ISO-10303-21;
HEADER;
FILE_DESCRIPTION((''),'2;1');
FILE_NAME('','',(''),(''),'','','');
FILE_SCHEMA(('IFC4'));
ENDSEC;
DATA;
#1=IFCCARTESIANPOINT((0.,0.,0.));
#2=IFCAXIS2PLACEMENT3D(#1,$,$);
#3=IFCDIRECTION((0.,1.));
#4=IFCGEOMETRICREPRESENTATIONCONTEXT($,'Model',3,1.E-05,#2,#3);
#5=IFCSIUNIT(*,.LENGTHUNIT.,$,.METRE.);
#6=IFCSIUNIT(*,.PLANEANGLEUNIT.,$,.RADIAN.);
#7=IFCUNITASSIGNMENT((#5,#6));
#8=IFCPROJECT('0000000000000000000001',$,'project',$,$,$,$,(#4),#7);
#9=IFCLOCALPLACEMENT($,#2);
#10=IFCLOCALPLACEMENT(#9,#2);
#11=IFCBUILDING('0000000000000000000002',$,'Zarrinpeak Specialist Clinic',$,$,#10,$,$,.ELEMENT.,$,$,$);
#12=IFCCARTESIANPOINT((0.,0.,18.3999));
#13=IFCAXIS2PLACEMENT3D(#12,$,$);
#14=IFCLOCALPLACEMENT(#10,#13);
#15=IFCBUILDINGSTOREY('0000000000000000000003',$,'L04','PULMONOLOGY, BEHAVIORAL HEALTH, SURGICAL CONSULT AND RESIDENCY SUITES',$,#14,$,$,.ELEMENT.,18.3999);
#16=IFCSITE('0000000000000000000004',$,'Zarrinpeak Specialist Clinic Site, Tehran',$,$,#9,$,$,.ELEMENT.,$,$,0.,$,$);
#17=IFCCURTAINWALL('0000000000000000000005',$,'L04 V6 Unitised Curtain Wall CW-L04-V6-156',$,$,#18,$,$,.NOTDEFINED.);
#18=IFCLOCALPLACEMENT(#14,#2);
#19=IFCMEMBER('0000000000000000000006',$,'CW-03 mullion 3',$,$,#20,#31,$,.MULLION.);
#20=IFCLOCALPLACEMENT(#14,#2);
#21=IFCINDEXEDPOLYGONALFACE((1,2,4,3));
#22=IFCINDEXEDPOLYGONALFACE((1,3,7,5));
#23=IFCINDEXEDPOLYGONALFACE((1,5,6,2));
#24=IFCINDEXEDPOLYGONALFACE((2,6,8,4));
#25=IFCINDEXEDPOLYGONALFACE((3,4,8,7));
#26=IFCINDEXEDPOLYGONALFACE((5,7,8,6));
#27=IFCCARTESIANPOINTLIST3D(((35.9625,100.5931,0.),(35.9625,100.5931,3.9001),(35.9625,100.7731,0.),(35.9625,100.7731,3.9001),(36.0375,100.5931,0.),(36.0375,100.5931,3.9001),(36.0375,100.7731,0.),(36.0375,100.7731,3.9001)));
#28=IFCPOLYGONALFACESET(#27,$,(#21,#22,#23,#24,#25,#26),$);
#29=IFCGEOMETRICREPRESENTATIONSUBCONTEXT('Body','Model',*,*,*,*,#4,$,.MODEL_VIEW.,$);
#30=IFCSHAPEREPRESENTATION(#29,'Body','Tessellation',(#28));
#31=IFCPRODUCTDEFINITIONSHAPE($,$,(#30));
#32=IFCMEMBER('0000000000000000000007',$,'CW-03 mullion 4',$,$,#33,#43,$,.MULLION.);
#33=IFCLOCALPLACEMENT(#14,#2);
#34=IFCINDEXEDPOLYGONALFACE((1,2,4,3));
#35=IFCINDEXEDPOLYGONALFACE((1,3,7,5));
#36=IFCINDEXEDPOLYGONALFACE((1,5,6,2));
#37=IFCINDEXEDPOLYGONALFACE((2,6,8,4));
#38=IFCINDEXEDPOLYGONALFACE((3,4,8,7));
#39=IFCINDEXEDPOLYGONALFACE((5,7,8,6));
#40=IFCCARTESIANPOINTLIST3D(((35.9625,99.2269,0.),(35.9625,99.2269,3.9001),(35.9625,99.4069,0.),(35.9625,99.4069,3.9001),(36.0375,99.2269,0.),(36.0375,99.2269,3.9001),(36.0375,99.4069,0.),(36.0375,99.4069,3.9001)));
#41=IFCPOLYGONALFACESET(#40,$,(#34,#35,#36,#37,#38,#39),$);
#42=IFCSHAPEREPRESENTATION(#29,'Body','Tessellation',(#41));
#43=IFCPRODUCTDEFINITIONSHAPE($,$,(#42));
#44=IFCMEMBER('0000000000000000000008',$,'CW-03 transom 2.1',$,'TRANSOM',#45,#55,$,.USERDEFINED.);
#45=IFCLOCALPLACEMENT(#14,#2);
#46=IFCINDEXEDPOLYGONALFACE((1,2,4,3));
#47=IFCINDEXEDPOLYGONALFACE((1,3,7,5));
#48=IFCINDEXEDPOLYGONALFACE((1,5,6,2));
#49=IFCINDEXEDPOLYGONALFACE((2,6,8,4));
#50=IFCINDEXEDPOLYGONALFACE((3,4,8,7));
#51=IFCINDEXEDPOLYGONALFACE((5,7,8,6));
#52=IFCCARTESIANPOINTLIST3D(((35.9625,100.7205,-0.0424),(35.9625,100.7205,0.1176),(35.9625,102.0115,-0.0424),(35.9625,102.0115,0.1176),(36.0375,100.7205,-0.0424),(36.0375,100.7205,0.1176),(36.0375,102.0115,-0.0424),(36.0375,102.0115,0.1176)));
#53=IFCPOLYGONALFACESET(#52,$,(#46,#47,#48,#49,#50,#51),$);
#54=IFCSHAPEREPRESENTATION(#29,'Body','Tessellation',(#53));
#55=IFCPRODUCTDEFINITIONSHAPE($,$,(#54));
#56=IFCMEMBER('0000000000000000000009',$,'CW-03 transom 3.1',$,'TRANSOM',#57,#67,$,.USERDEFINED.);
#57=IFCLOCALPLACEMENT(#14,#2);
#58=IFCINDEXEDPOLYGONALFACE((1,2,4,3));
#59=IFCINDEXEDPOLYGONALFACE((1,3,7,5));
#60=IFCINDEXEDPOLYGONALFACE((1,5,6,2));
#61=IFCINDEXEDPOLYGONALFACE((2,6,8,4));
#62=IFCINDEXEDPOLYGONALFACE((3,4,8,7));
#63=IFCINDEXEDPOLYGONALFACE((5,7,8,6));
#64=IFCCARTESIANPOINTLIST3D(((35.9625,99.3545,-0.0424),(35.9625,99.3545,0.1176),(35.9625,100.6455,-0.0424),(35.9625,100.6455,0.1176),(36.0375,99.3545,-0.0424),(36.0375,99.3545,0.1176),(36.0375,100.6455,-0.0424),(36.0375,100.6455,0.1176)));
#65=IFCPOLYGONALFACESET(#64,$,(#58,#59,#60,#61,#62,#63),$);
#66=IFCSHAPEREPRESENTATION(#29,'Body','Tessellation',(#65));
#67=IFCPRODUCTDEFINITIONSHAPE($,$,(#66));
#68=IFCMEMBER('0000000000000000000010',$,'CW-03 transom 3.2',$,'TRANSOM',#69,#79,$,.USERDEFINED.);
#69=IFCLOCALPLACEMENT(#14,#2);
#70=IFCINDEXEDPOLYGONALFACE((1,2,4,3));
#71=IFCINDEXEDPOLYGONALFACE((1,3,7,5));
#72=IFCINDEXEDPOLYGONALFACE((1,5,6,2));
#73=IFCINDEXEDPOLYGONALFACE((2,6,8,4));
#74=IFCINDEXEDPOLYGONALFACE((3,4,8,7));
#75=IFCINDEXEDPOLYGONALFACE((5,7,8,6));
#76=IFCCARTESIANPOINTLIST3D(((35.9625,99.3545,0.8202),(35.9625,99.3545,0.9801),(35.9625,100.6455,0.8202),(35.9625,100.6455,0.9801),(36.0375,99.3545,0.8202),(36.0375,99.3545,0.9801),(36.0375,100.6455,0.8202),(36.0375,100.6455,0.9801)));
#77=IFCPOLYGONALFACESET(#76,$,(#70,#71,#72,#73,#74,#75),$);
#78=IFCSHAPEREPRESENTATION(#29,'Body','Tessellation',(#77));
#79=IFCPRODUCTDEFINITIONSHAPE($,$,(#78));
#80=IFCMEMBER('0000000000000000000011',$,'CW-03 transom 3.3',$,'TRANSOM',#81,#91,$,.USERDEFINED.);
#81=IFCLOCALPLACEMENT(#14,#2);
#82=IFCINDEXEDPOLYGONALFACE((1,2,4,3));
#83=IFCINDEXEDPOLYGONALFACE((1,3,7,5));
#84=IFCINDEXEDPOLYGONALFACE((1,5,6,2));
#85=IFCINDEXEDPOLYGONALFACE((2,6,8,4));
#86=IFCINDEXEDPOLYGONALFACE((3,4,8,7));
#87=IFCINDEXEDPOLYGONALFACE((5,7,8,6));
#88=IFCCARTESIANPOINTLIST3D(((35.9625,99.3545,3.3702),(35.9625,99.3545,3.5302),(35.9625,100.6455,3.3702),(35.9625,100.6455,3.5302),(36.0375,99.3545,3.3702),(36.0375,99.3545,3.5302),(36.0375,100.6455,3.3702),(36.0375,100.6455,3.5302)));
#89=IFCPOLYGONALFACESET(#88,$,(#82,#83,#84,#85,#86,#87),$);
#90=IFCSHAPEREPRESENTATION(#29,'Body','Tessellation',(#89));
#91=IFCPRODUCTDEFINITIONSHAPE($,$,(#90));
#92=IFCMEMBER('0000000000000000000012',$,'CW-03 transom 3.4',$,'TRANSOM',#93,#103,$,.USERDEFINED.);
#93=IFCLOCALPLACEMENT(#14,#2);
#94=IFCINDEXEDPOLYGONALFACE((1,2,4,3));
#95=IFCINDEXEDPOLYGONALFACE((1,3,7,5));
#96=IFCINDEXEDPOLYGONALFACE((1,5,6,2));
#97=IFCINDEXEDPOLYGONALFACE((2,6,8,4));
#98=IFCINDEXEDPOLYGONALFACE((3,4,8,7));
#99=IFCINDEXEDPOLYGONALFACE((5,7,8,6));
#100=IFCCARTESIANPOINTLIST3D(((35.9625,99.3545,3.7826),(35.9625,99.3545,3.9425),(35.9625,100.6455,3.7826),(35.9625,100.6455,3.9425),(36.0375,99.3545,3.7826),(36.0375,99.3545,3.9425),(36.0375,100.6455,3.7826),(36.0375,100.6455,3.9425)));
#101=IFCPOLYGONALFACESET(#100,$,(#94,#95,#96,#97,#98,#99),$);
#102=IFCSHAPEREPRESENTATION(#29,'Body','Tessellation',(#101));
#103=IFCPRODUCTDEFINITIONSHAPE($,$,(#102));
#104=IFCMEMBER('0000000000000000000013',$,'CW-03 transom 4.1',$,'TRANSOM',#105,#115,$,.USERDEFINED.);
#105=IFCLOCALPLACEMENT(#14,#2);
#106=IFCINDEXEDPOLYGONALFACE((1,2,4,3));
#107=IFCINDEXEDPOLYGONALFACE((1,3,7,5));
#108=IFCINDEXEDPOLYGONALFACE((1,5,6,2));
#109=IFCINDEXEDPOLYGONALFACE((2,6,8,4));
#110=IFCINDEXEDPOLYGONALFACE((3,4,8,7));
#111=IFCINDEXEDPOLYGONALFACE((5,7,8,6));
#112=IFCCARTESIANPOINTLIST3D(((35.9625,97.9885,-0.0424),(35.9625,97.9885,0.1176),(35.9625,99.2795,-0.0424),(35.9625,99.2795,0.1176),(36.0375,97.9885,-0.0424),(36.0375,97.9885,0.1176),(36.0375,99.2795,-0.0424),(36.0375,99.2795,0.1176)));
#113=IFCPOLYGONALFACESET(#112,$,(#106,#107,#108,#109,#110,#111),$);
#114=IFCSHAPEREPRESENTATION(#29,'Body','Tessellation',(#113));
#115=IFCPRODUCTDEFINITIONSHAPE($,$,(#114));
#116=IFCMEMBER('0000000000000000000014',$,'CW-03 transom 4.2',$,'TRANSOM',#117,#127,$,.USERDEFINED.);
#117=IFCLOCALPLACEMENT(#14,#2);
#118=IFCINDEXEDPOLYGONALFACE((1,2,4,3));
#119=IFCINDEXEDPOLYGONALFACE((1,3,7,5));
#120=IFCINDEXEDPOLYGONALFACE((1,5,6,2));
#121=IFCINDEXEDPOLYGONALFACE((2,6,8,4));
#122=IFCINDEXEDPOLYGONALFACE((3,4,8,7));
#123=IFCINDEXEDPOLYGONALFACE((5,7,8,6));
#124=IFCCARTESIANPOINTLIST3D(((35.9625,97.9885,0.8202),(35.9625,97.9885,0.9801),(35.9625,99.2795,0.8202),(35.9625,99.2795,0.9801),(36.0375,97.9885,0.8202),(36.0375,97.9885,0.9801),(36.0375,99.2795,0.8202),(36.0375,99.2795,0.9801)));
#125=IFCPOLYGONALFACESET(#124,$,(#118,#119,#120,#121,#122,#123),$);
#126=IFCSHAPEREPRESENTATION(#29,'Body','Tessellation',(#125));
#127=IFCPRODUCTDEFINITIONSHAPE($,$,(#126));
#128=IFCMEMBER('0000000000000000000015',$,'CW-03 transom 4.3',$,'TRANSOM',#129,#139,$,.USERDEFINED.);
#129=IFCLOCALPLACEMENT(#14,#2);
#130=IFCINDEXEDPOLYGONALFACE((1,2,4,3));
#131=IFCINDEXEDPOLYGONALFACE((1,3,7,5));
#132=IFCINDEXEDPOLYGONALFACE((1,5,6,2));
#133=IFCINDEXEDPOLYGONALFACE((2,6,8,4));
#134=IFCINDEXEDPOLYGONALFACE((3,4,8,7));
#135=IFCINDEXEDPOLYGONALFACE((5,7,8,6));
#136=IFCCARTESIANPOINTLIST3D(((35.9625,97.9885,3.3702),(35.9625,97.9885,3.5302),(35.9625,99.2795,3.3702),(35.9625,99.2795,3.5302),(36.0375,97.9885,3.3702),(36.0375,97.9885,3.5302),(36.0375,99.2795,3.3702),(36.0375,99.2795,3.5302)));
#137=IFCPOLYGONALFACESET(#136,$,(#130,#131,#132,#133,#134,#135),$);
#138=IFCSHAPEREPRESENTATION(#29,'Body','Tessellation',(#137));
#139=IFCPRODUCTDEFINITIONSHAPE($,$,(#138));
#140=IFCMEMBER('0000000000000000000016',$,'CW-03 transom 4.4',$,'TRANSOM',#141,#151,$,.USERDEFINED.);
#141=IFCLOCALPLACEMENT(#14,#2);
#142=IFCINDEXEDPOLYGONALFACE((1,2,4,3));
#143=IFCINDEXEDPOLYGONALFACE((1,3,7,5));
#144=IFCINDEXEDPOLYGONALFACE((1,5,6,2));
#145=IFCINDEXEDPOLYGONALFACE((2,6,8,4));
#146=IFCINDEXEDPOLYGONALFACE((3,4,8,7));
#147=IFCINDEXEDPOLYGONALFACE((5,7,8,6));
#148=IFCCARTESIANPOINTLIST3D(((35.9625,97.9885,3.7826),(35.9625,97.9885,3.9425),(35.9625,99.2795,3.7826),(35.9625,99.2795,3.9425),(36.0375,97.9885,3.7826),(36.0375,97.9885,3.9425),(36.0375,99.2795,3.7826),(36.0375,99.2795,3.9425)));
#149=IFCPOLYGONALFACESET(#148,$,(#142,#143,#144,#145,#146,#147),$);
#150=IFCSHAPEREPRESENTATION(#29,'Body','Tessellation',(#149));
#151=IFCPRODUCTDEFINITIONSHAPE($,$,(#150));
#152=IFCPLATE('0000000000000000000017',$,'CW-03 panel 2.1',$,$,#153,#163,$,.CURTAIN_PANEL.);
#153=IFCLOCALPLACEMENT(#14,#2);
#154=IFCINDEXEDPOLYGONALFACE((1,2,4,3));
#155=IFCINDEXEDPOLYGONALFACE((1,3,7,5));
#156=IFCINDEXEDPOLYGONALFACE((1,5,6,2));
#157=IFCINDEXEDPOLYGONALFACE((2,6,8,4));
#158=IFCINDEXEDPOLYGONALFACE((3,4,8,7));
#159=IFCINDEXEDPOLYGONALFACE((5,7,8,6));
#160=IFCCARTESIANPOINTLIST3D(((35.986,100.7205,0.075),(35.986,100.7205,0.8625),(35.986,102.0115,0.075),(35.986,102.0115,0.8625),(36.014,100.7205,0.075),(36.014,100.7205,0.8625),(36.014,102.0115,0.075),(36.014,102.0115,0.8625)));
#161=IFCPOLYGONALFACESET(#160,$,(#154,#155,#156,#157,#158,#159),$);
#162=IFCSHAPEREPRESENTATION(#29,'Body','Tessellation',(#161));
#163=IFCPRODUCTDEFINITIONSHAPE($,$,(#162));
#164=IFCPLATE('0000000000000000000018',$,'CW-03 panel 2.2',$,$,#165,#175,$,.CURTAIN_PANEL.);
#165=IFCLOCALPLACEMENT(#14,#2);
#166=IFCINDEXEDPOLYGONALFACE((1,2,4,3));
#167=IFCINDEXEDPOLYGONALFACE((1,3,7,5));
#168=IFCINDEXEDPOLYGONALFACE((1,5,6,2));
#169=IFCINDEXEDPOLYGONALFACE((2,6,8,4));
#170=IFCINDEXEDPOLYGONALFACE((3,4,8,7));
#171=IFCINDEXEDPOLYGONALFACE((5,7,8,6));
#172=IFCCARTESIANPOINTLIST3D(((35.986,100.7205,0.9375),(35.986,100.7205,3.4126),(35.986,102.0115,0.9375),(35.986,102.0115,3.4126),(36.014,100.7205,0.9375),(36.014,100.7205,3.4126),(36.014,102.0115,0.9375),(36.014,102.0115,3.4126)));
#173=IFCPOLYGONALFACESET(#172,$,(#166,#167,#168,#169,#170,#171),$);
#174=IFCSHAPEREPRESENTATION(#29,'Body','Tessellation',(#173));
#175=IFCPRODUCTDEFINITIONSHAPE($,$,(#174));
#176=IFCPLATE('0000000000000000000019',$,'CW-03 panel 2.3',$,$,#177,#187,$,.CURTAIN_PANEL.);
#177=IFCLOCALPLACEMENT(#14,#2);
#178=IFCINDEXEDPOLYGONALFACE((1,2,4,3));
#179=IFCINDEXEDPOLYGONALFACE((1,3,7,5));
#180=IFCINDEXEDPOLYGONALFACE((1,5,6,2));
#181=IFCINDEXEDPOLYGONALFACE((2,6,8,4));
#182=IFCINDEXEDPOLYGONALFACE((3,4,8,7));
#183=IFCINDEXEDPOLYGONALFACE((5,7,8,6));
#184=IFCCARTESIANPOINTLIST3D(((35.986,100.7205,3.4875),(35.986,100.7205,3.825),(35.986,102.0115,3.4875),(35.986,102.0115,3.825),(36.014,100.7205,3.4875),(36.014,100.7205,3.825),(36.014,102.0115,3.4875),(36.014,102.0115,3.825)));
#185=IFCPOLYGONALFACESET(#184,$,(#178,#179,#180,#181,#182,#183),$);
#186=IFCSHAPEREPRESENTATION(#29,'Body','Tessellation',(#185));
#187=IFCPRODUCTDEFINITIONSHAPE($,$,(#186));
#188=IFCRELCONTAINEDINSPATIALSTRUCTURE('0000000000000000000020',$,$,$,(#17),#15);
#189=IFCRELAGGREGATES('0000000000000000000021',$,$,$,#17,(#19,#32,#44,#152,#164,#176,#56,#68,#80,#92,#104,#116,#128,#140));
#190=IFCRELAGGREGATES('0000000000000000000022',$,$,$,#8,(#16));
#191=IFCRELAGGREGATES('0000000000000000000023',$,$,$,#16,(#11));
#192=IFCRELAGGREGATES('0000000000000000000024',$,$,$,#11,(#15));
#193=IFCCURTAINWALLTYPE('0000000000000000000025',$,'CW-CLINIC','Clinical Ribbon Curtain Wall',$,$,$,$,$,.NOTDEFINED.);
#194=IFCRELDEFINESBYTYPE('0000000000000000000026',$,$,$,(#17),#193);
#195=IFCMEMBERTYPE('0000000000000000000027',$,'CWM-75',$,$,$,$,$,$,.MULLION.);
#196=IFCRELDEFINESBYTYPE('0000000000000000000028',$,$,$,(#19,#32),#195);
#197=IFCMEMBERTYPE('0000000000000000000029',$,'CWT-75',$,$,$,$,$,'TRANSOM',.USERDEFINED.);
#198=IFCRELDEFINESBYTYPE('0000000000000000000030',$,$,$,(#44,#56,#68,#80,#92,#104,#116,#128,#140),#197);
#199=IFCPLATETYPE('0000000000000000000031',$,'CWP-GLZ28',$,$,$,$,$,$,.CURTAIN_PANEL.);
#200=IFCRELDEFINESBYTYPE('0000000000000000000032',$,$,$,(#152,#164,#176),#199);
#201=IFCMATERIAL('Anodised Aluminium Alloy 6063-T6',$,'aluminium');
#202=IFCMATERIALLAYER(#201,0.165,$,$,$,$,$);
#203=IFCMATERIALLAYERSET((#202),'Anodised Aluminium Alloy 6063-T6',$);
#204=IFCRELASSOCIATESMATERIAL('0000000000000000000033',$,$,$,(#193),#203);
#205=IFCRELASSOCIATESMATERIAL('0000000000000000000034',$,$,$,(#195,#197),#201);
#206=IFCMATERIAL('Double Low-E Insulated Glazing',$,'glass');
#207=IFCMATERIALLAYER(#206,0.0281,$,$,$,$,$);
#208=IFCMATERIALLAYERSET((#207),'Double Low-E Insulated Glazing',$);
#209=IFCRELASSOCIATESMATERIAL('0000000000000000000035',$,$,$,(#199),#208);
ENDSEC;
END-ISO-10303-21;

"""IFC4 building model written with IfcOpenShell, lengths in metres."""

from ifc_helpers import new_model, si_unit, direction, frame, origin, origin_2d, place, context, subcontext, project, spatial, rectangle, extrude, material, layer, layer_set, material_profile, profile_set, type_object, element, aggregate, save


model = new_model("IFC4")

# Units and contexts
model_context = context("Model", 3, precision=1e-05, world=origin(), true_north=direction((0.0, 1.0)))
body_context = subcontext(model_context, "Body", "Model", "MODEL_VIEW")
ifc_project = project(units=[si_unit("LENGTHUNIT", "METRE"), si_unit("PLANEANGLEUNIT", "RADIAN")], contexts=[model_context])

# Site, building, storey
site_placement = place(None, origin())
site = spatial("IfcSite", under=ifc_project, at=site_placement, Name="Zarrinpeak Specialist Clinic Site, Tehran", CompositionType="ELEMENT", RefElevation=0.0)
building_placement = place(site_placement, origin())
building = spatial("IfcBuilding", under=site, at=building_placement, Name="Zarrinpeak Specialist Clinic", CompositionType="ELEMENT")
storey_placement = place(building_placement, frame((0.0, 0.0, 18.3999)))
storey = spatial("IfcBuildingStorey", under=building, at=storey_placement, Name="L04", Description="PULMONOLOGY, BEHAVIORAL HEALTH, SURGICAL CONSULT AND RESIDENCY SUITES", CompositionType="ELEMENT", Elevation=18.3999)

# Curtain wall, members, plates
ifc_material_1 = material(Name="Anodised Aluminium Alloy 6063-T6", Category="aluminium")
ifc_layer_1 = layer(ifc_material_1, 0.165)
ifc_layer_set_1 = layer_set([ifc_layer_1], Name="Anodised Aluminium Alloy 6063-T6")
curtain_wall_type = type_object("IfcCurtainWallType", Name="CW-CLINIC", Description="Clinical Ribbon Curtain Wall", PredefinedType="NOTDEFINED", material=ifc_layer_set_1)
curtain_wall_placement = place(storey_placement, origin())
curtain_wall = element("IfcCurtainWall", 1, at=curtain_wall_placement, inside=storey, type_object=curtain_wall_type, Name="L04 V6 Unitised Curtain Wall CW-L04-V6-156", PredefinedType="NOTDEFINED")
ifc_material_profile_1 = material_profile(ifc_material_1, rectangle(XDim=0.075, YDim=0.1799, at=origin_2d()), Name="ALU 75x180")
ifc_profile_set_1 = profile_set([ifc_material_profile_1], Name="Anodised Aluminium Alloy 6063-T6")
member_type_1 = type_object("IfcMemberType", Name="CWM-75", PredefinedType="MULLION", material=ifc_profile_set_1)
member_1_placement = place(storey_placement, frame((36.0, 100.6831, 0.0), z_axis=(0.0, 0.0, 1.0), x_axis=(1.0, 0.0, 0.0)))
member_1 = element("IfcMember", 2, at=member_1_placement, type_object=member_type_1, Name="CW-03 mullion 3", PredefinedType="MULLION", context=body_context, shape_type="SweptSolid", body=[
    extrude(rectangle(XDim=0.075, YDim=0.1799, at=origin_2d()), origin(), (0.0, 0.0, 1.0), 3.9001),
])
member_2_placement = place(storey_placement, frame((36.0, 99.3169, 0.0), z_axis=(0.0, 0.0, 1.0), x_axis=(1.0, 0.0, 0.0)))
member_2 = element("IfcMember", 3, at=member_2_placement, type_object=member_type_1, Name="CW-03 mullion 4", PredefinedType="MULLION", context=body_context, shape_type="SweptSolid", body=[
    extrude(rectangle(XDim=0.075, YDim=0.1799, at=origin_2d()), origin(), (0.0, 0.0, 1.0), 3.9001),
])
ifc_material_profile_2 = material_profile(ifc_material_1, rectangle(XDim=0.075, YDim=0.1599, at=origin_2d()), Name="ALU 75x160")
ifc_profile_set_2 = profile_set([ifc_material_profile_2], Name="Anodised Aluminium Alloy 6063-T6")
member_type_2 = type_object("IfcMemberType", Name="CWT-75", ElementType="TRANSOM", PredefinedType="USERDEFINED", material=ifc_profile_set_2)
member_3_placement = place(storey_placement, frame((36.0, 102.0115, 0.0376), z_axis=(0.0, -1.0, 0.0), x_axis=(1.0, 0.0, 0.0)))
member_3 = element("IfcMember", 4, at=member_3_placement, type_object=member_type_2, Name="CW-03 transom 2.1", ObjectType="TRANSOM", PredefinedType="USERDEFINED", context=body_context, shape_type="SweptSolid", body=[
    extrude(rectangle(XDim=0.075, YDim=0.1599, at=origin_2d()), origin(), (0.0, 0.0, 1.0), 1.291),
])
member_4_placement = place(storey_placement, frame((36.0, 100.6455, 0.0376), z_axis=(0.0, -1.0, 0.0), x_axis=(1.0, 0.0, 0.0)))
member_4 = element("IfcMember", 5, at=member_4_placement, type_object=member_type_2, Name="CW-03 transom 3.1", ObjectType="TRANSOM", PredefinedType="USERDEFINED", context=body_context, shape_type="SweptSolid", body=[
    extrude(rectangle(XDim=0.075, YDim=0.1599, at=origin_2d()), origin(), (0.0, 0.0, 1.0), 1.291),
])
member_5_placement = place(storey_placement, frame((36.0, 100.6455, 0.9001), z_axis=(0.0, -1.0, 0.0), x_axis=(1.0, 0.0, 0.0)))
member_5 = element("IfcMember", 6, at=member_5_placement, type_object=member_type_2, Name="CW-03 transom 3.2", ObjectType="TRANSOM", PredefinedType="USERDEFINED", context=body_context, shape_type="SweptSolid", body=[
    extrude(rectangle(XDim=0.075, YDim=0.1599, at=origin_2d()), origin(), (0.0, 0.0, 1.0), 1.291),
])
member_6_placement = place(storey_placement, frame((36.0, 100.6455, 3.4502), z_axis=(0.0, -1.0, 0.0), x_axis=(1.0, 0.0, 0.0)))
member_6 = element("IfcMember", 7, at=member_6_placement, type_object=member_type_2, Name="CW-03 transom 3.3", ObjectType="TRANSOM", PredefinedType="USERDEFINED", context=body_context, shape_type="SweptSolid", body=[
    extrude(rectangle(XDim=0.075, YDim=0.1599, at=origin_2d()), origin(), (0.0, 0.0, 1.0), 1.291),
])
member_7_placement = place(storey_placement, frame((36.0, 100.6455, 3.8625), z_axis=(0.0, -1.0, 0.0), x_axis=(1.0, 0.0, 0.0)))
member_7 = element("IfcMember", 8, at=member_7_placement, type_object=member_type_2, Name="CW-03 transom 3.4", ObjectType="TRANSOM", PredefinedType="USERDEFINED", context=body_context, shape_type="SweptSolid", body=[
    extrude(rectangle(XDim=0.075, YDim=0.1599, at=origin_2d()), origin(), (0.0, 0.0, 1.0), 1.291),
])
member_8_placement = place(storey_placement, frame((36.0, 99.2795, 0.0376), z_axis=(0.0, -1.0, 0.0), x_axis=(1.0, 0.0, 0.0)))
member_8 = element("IfcMember", 9, at=member_8_placement, type_object=member_type_2, Name="CW-03 transom 4.1", ObjectType="TRANSOM", PredefinedType="USERDEFINED", context=body_context, shape_type="SweptSolid", body=[
    extrude(rectangle(XDim=0.075, YDim=0.1599, at=origin_2d()), origin(), (0.0, 0.0, 1.0), 1.291),
])
member_9_placement = place(storey_placement, frame((36.0, 99.2795, 0.9001), z_axis=(0.0, -1.0, 0.0), x_axis=(1.0, 0.0, 0.0)))
member_9 = element("IfcMember", 10, at=member_9_placement, type_object=member_type_2, Name="CW-03 transom 4.2", ObjectType="TRANSOM", PredefinedType="USERDEFINED", context=body_context, shape_type="SweptSolid", body=[
    extrude(rectangle(XDim=0.075, YDim=0.1599, at=origin_2d()), origin(), (0.0, 0.0, 1.0), 1.291),
])
member_10_placement = place(storey_placement, frame((36.0, 99.2795, 3.4502), z_axis=(0.0, -1.0, 0.0), x_axis=(1.0, 0.0, 0.0)))
member_10 = element("IfcMember", 11, at=member_10_placement, type_object=member_type_2, Name="CW-03 transom 4.3", ObjectType="TRANSOM", PredefinedType="USERDEFINED", context=body_context, shape_type="SweptSolid", body=[
    extrude(rectangle(XDim=0.075, YDim=0.1599, at=origin_2d()), origin(), (0.0, 0.0, 1.0), 1.291),
])
member_11_placement = place(storey_placement, frame((36.0, 99.2795, 3.8625), z_axis=(0.0, -1.0, 0.0), x_axis=(1.0, 0.0, 0.0)))
member_11 = element("IfcMember", 12, at=member_11_placement, type_object=member_type_2, Name="CW-03 transom 4.4", ObjectType="TRANSOM", PredefinedType="USERDEFINED", context=body_context, shape_type="SweptSolid", body=[
    extrude(rectangle(XDim=0.075, YDim=0.1599, at=origin_2d()), origin(), (0.0, 0.0, 1.0), 1.291),
])
ifc_material_2 = material(Name="Double Low-E Insulated Glazing", Category="glass")
ifc_layer_2 = layer(ifc_material_2, 0.0281)
ifc_layer_set_2 = layer_set([ifc_layer_2], Name="Double Low-E Insulated Glazing")
plate_type = type_object("IfcPlateType", Name="CWP-GLZ28", PredefinedType="CURTAIN_PANEL", material=ifc_layer_set_2)
plate_1_placement = place(storey_placement, frame((36.0, 101.366, 0.075), z_axis=(0.0, 0.0, 1.0), x_axis=(0.0, -1.0, 0.0)))
plate_1 = element("IfcPlate", 13, at=plate_1_placement, type_object=plate_type, Name="CW-03 panel 2.1", PredefinedType="CURTAIN_PANEL", context=body_context, shape_type="SweptSolid", body=[
    extrude(rectangle(XDim=1.291, YDim=0.0281, at=origin_2d()), origin(), (0.0, 0.0, 1.0), 0.7876),
])
plate_2_placement = place(storey_placement, frame((36.0, 101.366, 0.9375), z_axis=(0.0, 0.0, 1.0), x_axis=(0.0, -1.0, 0.0)))
plate_2 = element("IfcPlate", 14, at=plate_2_placement, type_object=plate_type, Name="CW-03 panel 2.2", PredefinedType="CURTAIN_PANEL", context=body_context, shape_type="SweptSolid", body=[
    extrude(rectangle(XDim=1.291, YDim=0.0281, at=origin_2d()), origin(), (0.0, 0.0, 1.0), 2.4751),
])
plate_3_placement = place(storey_placement, frame((36.0, 101.366, 3.4875), z_axis=(0.0, 0.0, 1.0), x_axis=(0.0, -1.0, 0.0)))
plate_3 = element("IfcPlate", 15, at=plate_3_placement, type_object=plate_type, Name="CW-03 panel 2.3", PredefinedType="CURTAIN_PANEL", context=body_context, shape_type="SweptSolid", body=[
    extrude(rectangle(XDim=1.291, YDim=0.0281, at=origin_2d()), origin(), (0.0, 0.0, 1.0), 0.3374),
])
aggregate(curtain_wall, [member_1, member_2, member_3, plate_1, plate_2, plate_3, member_4, member_5, member_6, member_7, member_8, member_9, member_10, member_11])

save(model, "model.ifc")
